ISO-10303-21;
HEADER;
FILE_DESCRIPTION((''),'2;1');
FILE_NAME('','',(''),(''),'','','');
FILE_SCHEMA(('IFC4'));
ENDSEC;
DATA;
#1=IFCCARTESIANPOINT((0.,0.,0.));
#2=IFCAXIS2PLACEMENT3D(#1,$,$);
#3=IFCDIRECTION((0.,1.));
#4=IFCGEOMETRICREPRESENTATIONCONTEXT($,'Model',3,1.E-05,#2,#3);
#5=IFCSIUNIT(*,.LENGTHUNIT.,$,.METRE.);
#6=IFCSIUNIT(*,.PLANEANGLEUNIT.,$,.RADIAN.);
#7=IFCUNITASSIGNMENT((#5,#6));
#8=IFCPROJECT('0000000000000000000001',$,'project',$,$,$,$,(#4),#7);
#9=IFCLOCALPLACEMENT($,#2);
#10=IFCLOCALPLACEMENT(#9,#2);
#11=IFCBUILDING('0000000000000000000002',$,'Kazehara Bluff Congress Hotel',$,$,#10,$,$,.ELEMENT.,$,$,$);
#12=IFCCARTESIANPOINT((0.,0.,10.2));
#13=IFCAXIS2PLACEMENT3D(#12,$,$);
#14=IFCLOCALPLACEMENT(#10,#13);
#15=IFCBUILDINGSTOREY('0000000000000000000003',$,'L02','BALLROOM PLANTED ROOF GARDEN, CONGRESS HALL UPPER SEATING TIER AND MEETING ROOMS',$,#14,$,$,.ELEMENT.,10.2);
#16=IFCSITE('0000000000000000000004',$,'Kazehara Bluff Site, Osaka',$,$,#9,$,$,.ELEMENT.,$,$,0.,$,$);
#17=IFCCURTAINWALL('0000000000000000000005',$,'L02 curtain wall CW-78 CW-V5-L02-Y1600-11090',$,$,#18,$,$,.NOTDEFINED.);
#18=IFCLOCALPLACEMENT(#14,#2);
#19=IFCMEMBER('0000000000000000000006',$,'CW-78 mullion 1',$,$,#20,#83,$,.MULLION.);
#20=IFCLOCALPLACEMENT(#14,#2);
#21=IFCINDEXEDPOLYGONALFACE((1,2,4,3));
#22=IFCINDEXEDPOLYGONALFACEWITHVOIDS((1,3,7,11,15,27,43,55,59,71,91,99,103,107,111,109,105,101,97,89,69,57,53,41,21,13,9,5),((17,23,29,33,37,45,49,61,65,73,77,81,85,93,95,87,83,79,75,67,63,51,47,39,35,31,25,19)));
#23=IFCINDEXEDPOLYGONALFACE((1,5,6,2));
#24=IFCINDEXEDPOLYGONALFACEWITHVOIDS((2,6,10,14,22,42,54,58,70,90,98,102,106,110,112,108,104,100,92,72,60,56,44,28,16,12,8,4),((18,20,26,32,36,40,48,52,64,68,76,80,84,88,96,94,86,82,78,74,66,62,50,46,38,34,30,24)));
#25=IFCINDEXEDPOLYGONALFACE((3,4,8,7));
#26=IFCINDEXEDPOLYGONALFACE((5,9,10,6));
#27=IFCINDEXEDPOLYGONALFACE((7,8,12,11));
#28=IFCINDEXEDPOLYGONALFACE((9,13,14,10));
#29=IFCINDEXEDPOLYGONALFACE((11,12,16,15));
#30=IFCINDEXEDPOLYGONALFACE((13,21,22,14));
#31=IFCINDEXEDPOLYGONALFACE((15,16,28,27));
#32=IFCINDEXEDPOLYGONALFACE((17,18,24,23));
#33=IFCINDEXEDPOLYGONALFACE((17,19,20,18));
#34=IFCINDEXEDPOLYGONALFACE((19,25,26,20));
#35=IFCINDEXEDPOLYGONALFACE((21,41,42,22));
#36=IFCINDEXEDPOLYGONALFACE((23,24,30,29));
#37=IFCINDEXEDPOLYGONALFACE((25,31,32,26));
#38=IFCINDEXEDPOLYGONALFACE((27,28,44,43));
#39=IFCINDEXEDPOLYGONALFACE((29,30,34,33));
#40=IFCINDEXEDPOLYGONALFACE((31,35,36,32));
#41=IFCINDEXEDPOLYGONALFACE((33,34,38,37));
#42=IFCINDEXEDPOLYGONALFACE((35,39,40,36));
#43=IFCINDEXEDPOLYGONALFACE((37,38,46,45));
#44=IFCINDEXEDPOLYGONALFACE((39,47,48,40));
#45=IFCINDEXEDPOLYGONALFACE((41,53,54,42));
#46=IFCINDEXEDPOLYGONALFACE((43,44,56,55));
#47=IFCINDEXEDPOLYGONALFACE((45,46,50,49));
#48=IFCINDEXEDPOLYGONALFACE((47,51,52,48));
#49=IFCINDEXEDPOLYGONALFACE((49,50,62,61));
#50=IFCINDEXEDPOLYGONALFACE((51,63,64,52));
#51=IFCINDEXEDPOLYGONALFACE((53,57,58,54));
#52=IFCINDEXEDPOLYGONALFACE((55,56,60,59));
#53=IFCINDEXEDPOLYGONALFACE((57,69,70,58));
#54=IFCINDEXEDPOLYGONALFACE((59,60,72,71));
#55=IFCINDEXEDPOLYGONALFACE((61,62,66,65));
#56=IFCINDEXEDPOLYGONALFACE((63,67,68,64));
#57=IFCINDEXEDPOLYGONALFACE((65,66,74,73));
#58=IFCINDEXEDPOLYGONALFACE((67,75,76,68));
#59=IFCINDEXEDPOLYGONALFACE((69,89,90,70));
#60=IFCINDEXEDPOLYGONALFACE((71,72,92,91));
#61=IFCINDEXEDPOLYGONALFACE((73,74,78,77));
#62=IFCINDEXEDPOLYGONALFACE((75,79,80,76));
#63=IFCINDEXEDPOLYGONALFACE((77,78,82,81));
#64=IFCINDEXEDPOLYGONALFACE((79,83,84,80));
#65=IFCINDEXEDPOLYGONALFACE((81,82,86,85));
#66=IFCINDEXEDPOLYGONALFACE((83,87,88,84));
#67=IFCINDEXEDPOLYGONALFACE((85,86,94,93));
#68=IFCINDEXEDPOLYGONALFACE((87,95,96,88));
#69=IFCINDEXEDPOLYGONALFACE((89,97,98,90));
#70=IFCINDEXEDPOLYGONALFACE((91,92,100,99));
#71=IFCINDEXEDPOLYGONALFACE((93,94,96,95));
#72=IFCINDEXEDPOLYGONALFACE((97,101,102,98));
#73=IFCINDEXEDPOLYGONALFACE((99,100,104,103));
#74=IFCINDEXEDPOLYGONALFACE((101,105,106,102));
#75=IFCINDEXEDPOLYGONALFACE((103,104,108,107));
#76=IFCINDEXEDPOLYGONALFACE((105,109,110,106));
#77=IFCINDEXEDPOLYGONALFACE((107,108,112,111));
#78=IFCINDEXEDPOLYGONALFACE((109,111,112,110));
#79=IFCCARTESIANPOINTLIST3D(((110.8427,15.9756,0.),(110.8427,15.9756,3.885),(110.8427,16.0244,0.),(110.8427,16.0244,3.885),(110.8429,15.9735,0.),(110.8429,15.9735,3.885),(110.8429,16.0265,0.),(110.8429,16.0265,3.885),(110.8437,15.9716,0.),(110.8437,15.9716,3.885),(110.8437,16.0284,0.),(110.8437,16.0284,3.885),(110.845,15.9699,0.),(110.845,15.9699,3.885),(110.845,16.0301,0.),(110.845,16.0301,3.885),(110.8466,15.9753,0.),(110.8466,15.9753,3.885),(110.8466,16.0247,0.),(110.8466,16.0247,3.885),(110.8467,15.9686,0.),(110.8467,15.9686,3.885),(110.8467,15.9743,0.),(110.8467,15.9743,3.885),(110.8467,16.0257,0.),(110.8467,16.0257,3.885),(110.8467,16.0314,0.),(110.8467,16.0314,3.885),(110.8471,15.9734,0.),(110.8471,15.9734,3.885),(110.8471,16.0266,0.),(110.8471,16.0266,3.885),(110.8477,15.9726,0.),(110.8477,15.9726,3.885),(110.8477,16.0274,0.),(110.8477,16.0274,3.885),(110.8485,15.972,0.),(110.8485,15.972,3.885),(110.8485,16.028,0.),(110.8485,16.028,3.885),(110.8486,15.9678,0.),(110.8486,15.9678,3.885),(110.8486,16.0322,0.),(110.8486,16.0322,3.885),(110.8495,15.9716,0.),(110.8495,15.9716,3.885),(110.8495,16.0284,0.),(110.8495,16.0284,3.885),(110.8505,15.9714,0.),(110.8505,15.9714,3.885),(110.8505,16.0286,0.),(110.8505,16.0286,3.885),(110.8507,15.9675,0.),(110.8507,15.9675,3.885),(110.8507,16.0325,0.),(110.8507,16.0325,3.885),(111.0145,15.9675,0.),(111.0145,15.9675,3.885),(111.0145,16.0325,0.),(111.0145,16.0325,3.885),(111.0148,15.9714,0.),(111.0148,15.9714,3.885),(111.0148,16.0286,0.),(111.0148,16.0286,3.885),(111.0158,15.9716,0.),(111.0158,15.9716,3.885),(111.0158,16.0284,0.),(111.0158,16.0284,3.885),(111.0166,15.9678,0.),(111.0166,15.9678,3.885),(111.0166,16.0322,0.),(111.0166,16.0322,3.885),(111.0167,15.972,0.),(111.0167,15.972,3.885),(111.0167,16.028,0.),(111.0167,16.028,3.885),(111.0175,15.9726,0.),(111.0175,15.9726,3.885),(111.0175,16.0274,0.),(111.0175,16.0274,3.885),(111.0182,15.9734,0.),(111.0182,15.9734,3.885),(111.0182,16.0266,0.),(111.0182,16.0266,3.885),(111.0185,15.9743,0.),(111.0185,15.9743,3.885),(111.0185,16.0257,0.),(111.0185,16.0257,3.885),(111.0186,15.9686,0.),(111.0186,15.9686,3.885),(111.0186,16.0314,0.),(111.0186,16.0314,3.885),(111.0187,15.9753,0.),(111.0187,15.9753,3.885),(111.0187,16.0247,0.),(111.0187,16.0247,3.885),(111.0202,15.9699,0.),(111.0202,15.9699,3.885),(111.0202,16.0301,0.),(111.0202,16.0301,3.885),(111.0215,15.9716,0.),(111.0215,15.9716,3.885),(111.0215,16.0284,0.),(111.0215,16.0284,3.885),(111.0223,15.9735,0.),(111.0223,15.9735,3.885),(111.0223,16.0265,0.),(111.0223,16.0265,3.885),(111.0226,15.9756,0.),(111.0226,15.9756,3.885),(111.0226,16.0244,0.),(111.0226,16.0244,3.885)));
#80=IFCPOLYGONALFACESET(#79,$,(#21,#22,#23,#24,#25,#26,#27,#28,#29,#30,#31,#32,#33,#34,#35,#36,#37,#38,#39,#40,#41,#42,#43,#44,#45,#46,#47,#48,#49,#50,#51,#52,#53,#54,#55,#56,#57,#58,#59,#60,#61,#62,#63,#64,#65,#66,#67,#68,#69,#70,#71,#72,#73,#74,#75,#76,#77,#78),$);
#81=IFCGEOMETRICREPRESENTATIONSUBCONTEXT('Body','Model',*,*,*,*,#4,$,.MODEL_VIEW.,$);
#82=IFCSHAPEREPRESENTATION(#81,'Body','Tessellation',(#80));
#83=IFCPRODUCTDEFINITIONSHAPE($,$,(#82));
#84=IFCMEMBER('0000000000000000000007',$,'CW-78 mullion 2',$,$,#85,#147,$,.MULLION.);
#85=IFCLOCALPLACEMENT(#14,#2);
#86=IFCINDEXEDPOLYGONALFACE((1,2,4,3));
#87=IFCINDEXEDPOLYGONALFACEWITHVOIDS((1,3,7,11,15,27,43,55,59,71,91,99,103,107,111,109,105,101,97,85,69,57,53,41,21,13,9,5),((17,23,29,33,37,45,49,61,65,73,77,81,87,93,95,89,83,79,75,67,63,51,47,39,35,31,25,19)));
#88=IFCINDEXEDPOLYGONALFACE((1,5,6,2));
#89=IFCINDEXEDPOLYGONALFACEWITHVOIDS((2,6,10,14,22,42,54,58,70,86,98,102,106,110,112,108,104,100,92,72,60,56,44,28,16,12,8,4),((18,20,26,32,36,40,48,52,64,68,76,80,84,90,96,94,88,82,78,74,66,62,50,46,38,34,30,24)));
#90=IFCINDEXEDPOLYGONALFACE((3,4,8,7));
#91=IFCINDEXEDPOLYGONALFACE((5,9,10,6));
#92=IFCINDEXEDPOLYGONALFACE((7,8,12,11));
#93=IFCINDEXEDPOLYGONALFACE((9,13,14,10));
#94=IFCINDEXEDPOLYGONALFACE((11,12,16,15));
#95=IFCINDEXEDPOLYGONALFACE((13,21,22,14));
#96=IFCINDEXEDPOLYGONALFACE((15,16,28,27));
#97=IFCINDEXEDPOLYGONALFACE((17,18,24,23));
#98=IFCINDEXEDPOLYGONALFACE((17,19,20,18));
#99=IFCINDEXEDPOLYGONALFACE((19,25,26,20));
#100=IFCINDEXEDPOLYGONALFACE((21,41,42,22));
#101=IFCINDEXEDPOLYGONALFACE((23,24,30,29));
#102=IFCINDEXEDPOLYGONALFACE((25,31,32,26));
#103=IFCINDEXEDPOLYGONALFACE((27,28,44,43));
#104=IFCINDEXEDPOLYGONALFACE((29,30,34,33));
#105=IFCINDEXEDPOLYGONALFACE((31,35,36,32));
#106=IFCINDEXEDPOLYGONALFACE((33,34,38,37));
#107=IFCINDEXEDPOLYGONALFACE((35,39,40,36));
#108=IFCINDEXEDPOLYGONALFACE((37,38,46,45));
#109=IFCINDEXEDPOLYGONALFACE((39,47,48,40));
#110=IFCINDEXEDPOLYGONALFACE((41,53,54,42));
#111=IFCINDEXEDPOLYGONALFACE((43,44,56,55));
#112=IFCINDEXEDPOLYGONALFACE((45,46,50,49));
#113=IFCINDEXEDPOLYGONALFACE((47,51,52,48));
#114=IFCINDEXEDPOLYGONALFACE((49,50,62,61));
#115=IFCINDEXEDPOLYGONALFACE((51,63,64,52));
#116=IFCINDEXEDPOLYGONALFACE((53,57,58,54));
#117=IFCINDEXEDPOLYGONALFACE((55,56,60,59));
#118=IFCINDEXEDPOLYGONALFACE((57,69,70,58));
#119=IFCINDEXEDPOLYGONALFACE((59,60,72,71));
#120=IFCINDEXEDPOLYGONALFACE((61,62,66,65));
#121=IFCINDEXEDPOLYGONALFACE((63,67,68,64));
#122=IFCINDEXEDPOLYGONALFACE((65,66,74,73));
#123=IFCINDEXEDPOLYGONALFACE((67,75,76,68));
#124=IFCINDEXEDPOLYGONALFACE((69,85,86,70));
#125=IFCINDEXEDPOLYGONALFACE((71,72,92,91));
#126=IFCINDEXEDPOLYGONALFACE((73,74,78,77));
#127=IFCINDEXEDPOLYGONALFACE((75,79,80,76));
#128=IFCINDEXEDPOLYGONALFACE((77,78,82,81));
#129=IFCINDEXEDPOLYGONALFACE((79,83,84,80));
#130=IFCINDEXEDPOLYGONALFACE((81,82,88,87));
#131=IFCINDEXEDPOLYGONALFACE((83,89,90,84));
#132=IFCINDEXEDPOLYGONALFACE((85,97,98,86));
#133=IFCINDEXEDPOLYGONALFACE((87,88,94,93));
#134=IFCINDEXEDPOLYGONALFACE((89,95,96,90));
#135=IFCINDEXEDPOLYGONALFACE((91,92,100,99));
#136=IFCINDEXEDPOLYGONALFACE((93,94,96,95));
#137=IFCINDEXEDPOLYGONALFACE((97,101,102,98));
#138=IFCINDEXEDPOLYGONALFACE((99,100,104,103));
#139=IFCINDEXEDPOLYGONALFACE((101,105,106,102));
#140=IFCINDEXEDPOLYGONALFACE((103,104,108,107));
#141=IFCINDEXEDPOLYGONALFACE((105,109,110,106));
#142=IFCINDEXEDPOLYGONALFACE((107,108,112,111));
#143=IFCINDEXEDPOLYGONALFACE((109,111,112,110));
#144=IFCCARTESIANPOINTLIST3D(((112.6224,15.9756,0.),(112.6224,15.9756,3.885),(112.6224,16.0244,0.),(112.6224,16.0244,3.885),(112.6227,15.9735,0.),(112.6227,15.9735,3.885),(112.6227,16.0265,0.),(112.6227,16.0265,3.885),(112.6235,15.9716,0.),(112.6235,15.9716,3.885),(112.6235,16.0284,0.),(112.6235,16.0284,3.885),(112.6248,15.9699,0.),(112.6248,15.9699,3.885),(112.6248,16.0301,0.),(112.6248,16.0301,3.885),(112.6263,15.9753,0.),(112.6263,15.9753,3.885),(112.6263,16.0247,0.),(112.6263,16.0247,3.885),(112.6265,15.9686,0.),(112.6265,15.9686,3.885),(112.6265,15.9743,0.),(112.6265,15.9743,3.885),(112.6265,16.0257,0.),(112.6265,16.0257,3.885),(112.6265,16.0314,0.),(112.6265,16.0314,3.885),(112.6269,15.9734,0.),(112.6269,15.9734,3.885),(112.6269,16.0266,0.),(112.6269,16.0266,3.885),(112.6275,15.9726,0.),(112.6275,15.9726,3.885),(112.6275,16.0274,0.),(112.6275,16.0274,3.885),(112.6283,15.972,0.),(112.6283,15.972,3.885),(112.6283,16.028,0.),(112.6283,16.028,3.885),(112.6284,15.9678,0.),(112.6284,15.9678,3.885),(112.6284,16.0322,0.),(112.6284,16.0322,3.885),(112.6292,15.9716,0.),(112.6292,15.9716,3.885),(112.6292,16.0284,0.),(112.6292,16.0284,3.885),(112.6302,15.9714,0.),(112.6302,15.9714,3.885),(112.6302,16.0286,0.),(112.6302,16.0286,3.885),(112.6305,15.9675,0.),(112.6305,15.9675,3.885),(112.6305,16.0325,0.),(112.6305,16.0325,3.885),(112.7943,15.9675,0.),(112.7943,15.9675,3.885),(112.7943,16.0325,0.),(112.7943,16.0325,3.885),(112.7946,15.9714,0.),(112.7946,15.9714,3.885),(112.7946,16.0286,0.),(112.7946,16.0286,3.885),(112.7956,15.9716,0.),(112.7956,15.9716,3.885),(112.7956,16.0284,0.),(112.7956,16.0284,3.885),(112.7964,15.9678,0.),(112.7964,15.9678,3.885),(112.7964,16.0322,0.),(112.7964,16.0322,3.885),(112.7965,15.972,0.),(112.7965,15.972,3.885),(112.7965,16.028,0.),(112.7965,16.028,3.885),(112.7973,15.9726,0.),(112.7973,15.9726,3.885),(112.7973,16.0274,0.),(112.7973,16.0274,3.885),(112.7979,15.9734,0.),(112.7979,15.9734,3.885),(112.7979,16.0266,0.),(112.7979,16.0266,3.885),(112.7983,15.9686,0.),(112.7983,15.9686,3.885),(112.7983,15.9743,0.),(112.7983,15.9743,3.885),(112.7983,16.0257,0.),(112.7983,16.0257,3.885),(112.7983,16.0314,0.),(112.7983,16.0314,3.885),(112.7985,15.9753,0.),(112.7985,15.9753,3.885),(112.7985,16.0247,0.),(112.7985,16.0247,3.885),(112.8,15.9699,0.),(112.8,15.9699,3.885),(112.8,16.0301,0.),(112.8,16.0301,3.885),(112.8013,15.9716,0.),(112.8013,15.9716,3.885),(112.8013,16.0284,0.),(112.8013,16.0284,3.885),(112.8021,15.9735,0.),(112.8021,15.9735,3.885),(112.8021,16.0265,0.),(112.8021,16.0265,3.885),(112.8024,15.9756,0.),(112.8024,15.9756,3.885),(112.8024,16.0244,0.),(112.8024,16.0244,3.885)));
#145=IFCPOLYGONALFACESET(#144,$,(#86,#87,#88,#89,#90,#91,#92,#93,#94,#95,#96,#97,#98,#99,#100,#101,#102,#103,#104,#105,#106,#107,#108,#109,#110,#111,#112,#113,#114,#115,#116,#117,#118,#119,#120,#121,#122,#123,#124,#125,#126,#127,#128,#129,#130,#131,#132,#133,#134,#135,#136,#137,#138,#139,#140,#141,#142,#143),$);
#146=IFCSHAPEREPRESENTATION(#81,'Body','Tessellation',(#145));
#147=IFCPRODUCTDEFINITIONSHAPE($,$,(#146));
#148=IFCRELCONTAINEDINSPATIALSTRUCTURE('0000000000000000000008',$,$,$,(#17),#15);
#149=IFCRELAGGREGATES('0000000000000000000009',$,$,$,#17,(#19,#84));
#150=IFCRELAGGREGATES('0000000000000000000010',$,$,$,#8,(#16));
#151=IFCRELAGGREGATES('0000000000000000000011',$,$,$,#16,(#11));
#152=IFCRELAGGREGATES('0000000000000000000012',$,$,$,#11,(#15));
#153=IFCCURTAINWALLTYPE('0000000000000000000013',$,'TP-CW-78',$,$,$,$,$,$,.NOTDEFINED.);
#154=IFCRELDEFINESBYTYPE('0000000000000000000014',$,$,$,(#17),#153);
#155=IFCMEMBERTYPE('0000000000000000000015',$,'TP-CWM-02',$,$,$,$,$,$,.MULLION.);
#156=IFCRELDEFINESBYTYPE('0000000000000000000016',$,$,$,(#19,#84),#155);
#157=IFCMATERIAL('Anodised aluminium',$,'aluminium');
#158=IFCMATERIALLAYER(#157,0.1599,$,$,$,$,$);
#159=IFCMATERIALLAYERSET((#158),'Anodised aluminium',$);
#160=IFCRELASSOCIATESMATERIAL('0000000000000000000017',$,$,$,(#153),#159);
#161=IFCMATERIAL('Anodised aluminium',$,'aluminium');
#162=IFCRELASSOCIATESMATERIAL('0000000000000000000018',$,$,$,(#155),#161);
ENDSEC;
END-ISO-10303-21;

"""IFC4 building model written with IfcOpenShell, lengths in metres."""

from ifc_helpers import new_model, si_unit, direction, frame, origin, origin_2d, place, context, subcontext, project, spatial, hollow_rectangle, extrude, material, layer, layer_set, material_profile, profile_set, type_object, element, aggregate, save


model = new_model("IFC4")

# Units and contexts
model_context = context("Model", 3, precision=1e-05, world=origin(), true_north=direction((0.0, 1.0)))
body_context = subcontext(model_context, "Body", "Model", "MODEL_VIEW")
ifc_project = project(units=[si_unit("LENGTHUNIT", "METRE"), si_unit("PLANEANGLEUNIT", "RADIAN")], contexts=[model_context])

# Site, building, storey
site_placement = place(None, origin())
site = spatial("IfcSite", under=ifc_project, at=site_placement, Name="Kazehara Bluff Site, Osaka", CompositionType="ELEMENT", RefElevation=0.0)
building_placement = place(site_placement, origin())
building = spatial("IfcBuilding", under=site, at=building_placement, Name="Kazehara Bluff Congress Hotel", CompositionType="ELEMENT")
storey_placement = place(building_placement, frame((0.0, 0.0, 10.2)))
storey = spatial("IfcBuildingStorey", under=building, at=storey_placement, Name="L02", Description="BALLROOM PLANTED ROOF GARDEN, CONGRESS HALL UPPER SEATING TIER AND MEETING ROOMS", CompositionType="ELEMENT", Elevation=10.2)

# Curtain wall, members
ifc_material_1 = material(Name="Anodised aluminium", Category="aluminium")
ifc_layer_1 = layer(ifc_material_1, 0.1599)
ifc_layer_set_1 = layer_set([ifc_layer_1], Name="Anodised aluminium")
curtain_wall_type = type_object("IfcCurtainWallType", Name="TP-CW-78", PredefinedType="NOTDEFINED", material=ifc_layer_set_1)
curtain_wall_placement = place(storey_placement, origin())
curtain_wall = element("IfcCurtainWall", 1, at=curtain_wall_placement, inside=storey, type_object=curtain_wall_type, Name="L02 curtain wall CW-78 CW-V5-L02-Y1600-11090", PredefinedType="NOTDEFINED")
ifc_material_2 = material(Name="Anodised aluminium", Category="aluminium")
ifc_material_profile_1 = material_profile(ifc_material_2, hollow_rectangle(XDim=0.0649, YDim=0.1799, WallThickness=0.0039, InnerFilletRadius=0.0039, OuterFilletRadius=0.0081, at=origin_2d()))
ifc_profile_set_1 = profile_set([ifc_material_profile_1], Name="Anodised aluminium")
member_type_1 = type_object("IfcMemberType", Name="TP-CWM-02", PredefinedType="MULLION", material=ifc_profile_set_1)
member_1_placement = place(storey_placement, frame((110.9326, 16.0, 0.0), z_axis=(0.0, 0.0, 1.0), x_axis=(0.0, 1.0, 0.0)))
member_1 = element("IfcMember", 2, at=member_1_placement, type_object=member_type_1, Name="CW-78 mullion 1", PredefinedType="MULLION", context=body_context, shape_type="SweptSolid", body=[
    extrude(hollow_rectangle(XDim=0.0649, YDim=0.1799, WallThickness=0.0039, InnerFilletRadius=0.0039, OuterFilletRadius=0.0081, at=origin_2d()), origin(), (0.0, 0.0, 1.0), 3.885),
])
member_2_placement = place(storey_placement, frame((112.7124, 16.0, 0.0), z_axis=(0.0, 0.0, 1.0), x_axis=(0.0, 1.0, 0.0)))
member_2 = element("IfcMember", 3, at=member_2_placement, type_object=member_type_1, Name="CW-78 mullion 2", PredefinedType="MULLION", context=body_context, shape_type="SweptSolid", body=[
    extrude(hollow_rectangle(XDim=0.0649, YDim=0.1799, WallThickness=0.0039, InnerFilletRadius=0.0039, OuterFilletRadius=0.0081, at=origin_2d()), origin(), (0.0, 0.0, 1.0), 3.885),
])
aggregate(curtain_wall, [member_1, member_2])

save(model, "model.ifc")
